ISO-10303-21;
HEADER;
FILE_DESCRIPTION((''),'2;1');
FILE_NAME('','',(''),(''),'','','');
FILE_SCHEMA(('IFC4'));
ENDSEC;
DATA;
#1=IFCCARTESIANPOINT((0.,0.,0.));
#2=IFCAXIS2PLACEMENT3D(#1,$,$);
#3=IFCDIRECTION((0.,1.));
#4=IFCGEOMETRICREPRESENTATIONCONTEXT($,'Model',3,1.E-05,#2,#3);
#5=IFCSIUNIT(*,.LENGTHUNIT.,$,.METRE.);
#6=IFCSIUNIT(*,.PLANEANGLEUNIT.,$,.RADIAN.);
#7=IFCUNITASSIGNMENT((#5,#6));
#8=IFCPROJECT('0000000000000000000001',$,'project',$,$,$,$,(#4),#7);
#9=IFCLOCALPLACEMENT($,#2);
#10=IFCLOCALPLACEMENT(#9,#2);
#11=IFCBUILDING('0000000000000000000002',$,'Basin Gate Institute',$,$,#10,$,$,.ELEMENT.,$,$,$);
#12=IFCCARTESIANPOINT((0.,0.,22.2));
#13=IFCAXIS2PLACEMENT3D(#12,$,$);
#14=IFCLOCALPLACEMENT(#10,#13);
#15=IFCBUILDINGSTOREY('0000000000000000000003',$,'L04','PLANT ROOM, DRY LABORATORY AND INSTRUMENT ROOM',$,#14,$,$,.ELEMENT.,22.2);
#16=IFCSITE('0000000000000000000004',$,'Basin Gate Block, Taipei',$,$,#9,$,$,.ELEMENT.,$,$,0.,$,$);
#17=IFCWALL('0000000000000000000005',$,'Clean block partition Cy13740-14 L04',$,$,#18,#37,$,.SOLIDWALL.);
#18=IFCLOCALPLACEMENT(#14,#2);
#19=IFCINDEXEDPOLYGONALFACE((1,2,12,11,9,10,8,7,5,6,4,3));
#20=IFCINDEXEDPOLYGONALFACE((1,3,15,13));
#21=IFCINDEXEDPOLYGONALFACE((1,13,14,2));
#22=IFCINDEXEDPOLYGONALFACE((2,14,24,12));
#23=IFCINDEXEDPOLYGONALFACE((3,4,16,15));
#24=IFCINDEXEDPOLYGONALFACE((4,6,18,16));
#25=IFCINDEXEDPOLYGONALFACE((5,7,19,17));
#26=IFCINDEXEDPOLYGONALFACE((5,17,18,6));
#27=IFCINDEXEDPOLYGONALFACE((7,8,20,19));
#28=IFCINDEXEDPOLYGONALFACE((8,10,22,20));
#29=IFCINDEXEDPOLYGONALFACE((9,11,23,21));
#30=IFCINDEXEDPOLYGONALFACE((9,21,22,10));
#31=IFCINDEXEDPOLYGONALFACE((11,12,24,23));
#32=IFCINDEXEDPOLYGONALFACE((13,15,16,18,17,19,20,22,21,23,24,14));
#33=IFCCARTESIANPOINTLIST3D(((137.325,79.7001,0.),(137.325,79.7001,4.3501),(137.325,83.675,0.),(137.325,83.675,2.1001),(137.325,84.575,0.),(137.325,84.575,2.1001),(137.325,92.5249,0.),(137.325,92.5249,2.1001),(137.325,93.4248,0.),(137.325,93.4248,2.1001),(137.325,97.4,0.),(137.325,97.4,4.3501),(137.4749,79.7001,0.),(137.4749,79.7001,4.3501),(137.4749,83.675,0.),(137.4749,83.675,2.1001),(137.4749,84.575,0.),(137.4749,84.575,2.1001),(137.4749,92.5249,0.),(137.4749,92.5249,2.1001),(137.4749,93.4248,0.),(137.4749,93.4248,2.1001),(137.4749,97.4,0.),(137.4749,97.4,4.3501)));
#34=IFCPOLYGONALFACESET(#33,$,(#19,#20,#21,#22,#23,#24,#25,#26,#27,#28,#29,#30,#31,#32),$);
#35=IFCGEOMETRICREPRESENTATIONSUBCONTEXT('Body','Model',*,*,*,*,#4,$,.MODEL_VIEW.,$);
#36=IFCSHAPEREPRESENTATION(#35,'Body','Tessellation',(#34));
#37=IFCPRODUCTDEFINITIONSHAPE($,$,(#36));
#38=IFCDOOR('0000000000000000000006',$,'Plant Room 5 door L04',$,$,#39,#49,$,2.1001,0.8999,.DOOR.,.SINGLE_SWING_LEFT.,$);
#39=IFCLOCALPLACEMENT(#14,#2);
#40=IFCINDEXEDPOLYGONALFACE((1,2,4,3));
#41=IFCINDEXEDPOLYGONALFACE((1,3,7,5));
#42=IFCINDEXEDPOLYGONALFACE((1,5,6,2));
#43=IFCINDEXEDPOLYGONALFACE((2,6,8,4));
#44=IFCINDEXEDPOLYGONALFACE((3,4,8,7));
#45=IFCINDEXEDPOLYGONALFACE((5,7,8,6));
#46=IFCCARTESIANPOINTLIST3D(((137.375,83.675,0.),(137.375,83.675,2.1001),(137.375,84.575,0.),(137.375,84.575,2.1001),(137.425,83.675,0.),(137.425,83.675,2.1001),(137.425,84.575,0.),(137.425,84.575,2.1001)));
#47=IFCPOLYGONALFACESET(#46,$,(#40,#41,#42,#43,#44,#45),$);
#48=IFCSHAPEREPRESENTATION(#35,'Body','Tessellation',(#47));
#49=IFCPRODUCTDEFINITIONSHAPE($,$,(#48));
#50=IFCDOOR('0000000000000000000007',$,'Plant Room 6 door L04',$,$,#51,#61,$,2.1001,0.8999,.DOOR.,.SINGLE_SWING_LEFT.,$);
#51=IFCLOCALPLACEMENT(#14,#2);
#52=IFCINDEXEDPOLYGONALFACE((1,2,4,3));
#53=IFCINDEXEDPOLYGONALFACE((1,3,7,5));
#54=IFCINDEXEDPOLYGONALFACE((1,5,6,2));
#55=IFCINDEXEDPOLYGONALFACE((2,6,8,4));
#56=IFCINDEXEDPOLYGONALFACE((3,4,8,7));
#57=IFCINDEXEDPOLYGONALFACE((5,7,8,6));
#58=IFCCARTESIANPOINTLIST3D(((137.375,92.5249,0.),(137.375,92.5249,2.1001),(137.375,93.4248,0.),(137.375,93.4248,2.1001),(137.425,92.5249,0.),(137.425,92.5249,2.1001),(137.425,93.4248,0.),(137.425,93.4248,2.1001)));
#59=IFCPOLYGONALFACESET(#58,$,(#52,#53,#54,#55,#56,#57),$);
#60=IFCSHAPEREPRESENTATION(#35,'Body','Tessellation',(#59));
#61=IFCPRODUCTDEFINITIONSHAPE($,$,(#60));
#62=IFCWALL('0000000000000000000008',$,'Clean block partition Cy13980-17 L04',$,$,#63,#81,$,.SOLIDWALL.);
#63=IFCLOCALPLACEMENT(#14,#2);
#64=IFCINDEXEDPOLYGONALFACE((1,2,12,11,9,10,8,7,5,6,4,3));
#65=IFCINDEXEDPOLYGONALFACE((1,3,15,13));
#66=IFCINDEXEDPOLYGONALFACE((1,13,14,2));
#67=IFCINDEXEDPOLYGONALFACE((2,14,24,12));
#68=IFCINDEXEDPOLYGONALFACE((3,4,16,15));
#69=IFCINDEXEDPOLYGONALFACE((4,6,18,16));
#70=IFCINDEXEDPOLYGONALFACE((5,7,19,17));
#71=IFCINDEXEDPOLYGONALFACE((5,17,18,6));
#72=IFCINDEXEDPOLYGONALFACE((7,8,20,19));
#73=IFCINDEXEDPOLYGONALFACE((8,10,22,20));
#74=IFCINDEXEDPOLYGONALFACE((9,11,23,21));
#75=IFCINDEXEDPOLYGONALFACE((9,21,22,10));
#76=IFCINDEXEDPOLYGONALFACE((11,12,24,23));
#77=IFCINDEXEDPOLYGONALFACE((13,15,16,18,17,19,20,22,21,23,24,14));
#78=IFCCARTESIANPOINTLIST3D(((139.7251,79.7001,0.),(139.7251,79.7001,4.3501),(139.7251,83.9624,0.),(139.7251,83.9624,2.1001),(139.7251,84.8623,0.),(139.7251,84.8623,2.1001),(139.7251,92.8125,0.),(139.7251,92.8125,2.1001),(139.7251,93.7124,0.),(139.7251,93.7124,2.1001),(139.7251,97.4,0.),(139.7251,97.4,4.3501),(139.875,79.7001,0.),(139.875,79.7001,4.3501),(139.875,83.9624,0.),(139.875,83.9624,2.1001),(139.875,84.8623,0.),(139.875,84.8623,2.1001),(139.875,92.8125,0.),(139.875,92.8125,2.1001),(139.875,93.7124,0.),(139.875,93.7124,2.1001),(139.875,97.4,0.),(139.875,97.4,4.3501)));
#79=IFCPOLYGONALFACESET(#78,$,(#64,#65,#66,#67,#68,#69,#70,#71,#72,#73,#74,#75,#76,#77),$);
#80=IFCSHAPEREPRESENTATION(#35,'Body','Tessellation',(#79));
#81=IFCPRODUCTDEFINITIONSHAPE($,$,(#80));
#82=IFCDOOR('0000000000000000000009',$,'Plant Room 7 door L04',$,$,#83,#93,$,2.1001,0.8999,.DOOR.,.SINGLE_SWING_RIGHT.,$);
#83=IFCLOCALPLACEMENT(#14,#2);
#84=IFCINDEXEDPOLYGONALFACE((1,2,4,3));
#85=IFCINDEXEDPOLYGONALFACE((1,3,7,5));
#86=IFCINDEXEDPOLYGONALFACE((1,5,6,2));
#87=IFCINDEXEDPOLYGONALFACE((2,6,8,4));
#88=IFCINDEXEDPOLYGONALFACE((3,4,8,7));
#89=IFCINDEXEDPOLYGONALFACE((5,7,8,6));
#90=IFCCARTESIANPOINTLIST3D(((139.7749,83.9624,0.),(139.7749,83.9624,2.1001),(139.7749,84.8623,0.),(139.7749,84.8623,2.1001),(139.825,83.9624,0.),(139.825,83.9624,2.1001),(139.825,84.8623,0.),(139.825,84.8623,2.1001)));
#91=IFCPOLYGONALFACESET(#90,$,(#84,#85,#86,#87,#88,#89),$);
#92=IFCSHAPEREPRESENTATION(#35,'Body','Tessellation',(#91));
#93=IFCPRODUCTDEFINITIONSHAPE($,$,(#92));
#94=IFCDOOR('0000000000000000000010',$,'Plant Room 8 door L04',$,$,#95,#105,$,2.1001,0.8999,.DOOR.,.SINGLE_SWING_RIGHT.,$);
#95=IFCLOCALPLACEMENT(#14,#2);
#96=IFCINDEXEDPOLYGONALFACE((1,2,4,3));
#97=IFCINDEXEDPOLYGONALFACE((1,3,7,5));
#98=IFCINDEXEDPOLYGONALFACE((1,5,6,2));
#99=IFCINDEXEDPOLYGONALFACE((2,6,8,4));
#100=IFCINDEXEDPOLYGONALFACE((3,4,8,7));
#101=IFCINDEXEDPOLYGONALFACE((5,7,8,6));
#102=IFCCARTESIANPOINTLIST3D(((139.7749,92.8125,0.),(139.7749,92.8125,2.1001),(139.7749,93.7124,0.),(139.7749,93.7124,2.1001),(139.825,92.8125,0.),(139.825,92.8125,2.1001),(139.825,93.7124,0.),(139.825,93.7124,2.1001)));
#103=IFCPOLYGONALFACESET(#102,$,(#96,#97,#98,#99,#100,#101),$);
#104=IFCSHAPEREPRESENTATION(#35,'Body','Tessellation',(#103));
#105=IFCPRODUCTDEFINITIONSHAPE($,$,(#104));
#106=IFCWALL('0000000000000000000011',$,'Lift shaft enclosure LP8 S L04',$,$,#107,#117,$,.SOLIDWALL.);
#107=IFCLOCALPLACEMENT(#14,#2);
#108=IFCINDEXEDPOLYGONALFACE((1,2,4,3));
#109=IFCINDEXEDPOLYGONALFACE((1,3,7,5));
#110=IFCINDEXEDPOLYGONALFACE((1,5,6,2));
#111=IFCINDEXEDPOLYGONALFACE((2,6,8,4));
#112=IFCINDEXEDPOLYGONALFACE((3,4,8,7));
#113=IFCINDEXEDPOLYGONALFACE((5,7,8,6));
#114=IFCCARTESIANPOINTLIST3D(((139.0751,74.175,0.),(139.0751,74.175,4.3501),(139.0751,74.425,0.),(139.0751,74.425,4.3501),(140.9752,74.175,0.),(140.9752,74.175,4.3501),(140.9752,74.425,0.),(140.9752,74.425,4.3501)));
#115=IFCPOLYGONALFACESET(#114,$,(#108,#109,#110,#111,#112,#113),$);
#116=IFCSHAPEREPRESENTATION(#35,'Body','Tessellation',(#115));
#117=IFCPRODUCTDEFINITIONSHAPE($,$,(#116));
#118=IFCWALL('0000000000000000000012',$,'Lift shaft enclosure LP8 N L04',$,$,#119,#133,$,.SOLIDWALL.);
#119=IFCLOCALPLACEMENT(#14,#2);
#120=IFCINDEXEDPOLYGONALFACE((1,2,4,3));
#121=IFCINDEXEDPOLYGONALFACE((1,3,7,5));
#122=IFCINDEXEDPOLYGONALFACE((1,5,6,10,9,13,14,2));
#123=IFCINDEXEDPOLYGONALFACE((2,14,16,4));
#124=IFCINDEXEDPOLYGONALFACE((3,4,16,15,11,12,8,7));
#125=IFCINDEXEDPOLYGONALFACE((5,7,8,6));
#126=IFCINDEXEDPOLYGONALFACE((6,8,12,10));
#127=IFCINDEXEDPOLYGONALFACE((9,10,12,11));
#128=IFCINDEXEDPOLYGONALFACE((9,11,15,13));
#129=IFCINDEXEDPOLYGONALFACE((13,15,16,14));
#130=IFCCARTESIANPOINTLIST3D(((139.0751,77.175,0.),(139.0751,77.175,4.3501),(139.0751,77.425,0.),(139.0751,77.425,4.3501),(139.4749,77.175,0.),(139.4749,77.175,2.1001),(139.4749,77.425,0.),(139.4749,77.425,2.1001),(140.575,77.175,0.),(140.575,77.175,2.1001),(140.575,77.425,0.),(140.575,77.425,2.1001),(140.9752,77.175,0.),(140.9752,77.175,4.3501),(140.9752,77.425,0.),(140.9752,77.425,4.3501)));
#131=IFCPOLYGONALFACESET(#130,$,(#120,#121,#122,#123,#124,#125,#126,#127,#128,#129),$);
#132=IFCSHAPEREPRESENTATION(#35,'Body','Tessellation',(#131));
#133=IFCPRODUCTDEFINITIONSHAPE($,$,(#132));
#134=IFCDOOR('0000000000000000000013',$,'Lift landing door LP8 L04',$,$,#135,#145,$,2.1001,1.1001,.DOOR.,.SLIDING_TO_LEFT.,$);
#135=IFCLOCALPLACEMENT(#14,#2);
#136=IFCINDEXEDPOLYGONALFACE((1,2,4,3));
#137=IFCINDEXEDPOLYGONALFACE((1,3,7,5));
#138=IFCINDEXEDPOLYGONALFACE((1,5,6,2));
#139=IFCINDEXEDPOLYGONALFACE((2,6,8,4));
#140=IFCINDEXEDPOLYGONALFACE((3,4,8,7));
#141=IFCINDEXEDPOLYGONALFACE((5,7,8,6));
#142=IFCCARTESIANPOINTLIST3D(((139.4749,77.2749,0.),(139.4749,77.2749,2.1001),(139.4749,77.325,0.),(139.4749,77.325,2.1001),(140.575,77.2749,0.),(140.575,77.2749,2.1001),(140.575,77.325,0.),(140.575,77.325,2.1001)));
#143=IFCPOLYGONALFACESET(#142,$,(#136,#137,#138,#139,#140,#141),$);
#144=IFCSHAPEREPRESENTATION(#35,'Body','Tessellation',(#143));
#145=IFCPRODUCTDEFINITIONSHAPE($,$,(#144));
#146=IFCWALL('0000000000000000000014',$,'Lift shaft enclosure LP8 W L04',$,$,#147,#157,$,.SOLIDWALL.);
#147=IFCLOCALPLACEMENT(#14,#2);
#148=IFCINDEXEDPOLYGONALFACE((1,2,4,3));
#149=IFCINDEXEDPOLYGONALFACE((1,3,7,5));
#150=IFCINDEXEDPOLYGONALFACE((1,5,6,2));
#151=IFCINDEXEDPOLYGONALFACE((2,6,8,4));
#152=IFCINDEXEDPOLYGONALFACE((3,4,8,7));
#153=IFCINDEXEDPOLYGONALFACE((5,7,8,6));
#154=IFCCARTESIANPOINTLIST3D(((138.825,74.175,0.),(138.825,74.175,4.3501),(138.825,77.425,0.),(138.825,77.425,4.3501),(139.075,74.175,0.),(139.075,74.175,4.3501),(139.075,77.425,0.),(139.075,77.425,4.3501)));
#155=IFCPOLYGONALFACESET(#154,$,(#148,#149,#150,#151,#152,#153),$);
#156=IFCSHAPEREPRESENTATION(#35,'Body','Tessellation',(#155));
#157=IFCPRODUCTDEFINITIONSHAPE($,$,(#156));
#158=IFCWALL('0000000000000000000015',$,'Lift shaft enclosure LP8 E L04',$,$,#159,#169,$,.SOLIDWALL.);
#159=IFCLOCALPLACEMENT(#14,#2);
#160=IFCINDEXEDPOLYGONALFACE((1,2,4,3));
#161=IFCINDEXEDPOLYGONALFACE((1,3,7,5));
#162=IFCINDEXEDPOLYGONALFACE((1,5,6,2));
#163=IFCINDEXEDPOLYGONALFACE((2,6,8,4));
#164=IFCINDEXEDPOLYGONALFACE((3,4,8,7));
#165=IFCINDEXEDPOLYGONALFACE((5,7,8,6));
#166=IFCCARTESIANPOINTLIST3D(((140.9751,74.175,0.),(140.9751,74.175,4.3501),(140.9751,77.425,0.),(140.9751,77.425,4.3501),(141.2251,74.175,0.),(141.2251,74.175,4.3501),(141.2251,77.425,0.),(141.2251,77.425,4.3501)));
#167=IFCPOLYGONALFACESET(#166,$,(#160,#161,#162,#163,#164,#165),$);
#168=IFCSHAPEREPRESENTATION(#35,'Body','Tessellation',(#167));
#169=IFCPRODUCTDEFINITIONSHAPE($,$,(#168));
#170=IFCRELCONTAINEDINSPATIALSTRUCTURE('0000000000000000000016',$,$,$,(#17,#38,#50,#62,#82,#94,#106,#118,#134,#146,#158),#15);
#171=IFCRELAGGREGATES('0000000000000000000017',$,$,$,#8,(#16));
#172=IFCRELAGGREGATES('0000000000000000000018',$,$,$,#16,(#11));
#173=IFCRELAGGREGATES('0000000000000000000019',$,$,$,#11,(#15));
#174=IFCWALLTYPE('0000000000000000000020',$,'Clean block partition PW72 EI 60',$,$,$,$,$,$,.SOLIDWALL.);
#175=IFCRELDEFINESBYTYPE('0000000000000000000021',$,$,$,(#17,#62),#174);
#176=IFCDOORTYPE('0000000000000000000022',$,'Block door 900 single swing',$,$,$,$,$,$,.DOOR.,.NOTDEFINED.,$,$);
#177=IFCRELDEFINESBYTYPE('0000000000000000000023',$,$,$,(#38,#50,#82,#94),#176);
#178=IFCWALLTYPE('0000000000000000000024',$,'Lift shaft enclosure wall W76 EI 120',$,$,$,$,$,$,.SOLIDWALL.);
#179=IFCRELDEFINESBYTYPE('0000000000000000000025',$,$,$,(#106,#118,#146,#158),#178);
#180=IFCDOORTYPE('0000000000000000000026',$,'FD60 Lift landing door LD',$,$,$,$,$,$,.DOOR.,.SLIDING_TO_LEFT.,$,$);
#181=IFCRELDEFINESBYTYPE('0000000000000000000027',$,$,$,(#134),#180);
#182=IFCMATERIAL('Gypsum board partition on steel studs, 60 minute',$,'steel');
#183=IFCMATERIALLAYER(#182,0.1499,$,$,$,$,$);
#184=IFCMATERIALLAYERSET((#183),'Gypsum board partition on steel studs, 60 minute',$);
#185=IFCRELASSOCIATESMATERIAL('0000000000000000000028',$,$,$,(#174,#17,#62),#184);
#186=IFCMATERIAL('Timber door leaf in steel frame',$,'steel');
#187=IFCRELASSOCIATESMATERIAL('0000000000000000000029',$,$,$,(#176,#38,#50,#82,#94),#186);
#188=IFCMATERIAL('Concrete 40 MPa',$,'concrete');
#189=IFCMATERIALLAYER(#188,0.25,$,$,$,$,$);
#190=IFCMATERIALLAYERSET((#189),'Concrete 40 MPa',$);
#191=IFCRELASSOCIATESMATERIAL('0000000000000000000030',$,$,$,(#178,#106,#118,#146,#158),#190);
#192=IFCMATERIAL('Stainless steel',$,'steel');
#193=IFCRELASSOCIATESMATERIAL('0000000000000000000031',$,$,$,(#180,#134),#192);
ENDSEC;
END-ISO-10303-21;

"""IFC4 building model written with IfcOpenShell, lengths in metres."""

from ifc_helpers import new_model, si_unit, direction, frame, frame_2d, origin, place, context, subcontext, project, spatial, rectangle, extrude, material, layer, layer_set, type_object, element, fill, save


model = new_model("IFC4")

# Units and contexts
model_context = context("Model", 3, precision=1e-05, world=origin(), true_north=direction((0.0, 1.0)))
body_context = subcontext(model_context, "Body", "Model", "MODEL_VIEW")
ifc_project = project(units=[si_unit("LENGTHUNIT", "METRE"), si_unit("PLANEANGLEUNIT", "RADIAN")], contexts=[model_context])

# Site, building, storey
site_placement = place(None, origin())
site = spatial("IfcSite", under=ifc_project, at=site_placement, Name="Basin Gate Block, Taipei", CompositionType="ELEMENT", RefElevation=0.0)
building_placement = place(site_placement, origin())
building = spatial("IfcBuilding", under=site, at=building_placement, Name="Basin Gate Institute", CompositionType="ELEMENT")
storey_placement = place(building_placement, frame((0.0, 0.0, 22.2)))
storey = spatial("IfcBuildingStorey", under=building, at=storey_placement, Name="L04", Description="PLANT ROOM, DRY LABORATORY AND INSTRUMENT ROOM", CompositionType="ELEMENT", Elevation=22.2)

# Shared definitions
ifc_material_1 = material(Name="Gypsum board partition on steel studs, 60 minute", Category="steel")
ifc_layer_1 = layer(ifc_material_1, 0.1499)
ifc_layer_set_1 = layer_set([ifc_layer_1], Name="Gypsum board partition on steel studs, 60 minute")
wall_type_1 = type_object("IfcWallType", Name="Clean block partition PW72 EI 60", PredefinedType="SOLIDWALL", material=ifc_layer_set_1)

# Walls, openings, doors
wall_1_placement = place(storey_placement, frame((137.3999, 79.7, 0.0), z_axis=(0.0, 0.0, 1.0), x_axis=(0.0, 1.0, 0.0)))
wall_1 = element("IfcWall", 1, at=wall_1_placement, inside=storey, type_object=wall_type_1, material=ifc_layer_set_1, Name="Clean block partition Cy13740-14 L04", PredefinedType="SOLIDWALL", context=body_context, shape_type="SweptSolid", body=[
    extrude(rectangle(XDim=17.7, YDim=0.1499, at=frame_2d((8.8501, 0.0))), origin(), (0.0, 0.0, 1.0), 4.3501),
])
opening_1_placement = place(wall_1_placement, frame((3.9751, 0.0, 0.0)))
opening_1 = element("IfcOpeningElement", 2, at=opening_1_placement, cuts=wall_1, PredefinedType="OPENING", context=body_context, shape_type="SweptSolid", body=[
    extrude(rectangle(XDim=0.8999, YDim=2.1001, at=frame_2d((0.45, 1.05))), frame((0.0, 0.085, 0.0), z_axis=(0.0, -1.0, 0.0), x_axis=(1.0, 0.0, 0.0)), (0.0, 0.0, 1.0), 0.1699),
])
opening_2_placement = place(wall_1_placement, frame((12.825, 0.0, 0.0)))
opening_2 = element("IfcOpeningElement", 3, at=opening_2_placement, cuts=wall_1, PredefinedType="OPENING", context=body_context, shape_type="SweptSolid", body=[
    extrude(rectangle(XDim=0.8999, YDim=2.1001, at=frame_2d((0.45, 1.05))), frame((0.0, 0.085, 0.0), z_axis=(0.0, -1.0, 0.0), x_axis=(1.0, 0.0, 0.0)), (0.0, 0.0, 1.0), 0.1699),
])
ifc_material_2 = material(Name="Timber door leaf in steel frame", Category="steel")
door_type_1 = type_object("IfcDoorType", Name="Block door 900 single swing", OperationType="NOTDEFINED", PredefinedType="DOOR", material=ifc_material_2)
door_1_placement = place(opening_1_placement, origin())
door_1 = element("IfcDoor", 4, at=door_1_placement, inside=storey, type_object=door_type_1, material=ifc_material_2, Name="Plant Room 5 door L04", OperationType="SINGLE_SWING_LEFT", OverallHeight=2.1001, OverallWidth=0.8999, PredefinedType="DOOR", context=body_context, shape_type="SweptSolid", body=[
    extrude(rectangle(XDim=0.8999, YDim=2.1001, at=frame_2d((0.45, 1.05))), frame((0.0, 0.0249, 0.0), z_axis=(0.0, -1.0, 0.0), x_axis=(1.0, 0.0, 0.0)), (0.0, 0.0, 1.0), 0.05),
])
fill(opening_1, door_1)
door_2_placement = place(opening_2_placement, origin())
door_2 = element("IfcDoor", 5, at=door_2_placement, inside=storey, type_object=door_type_1, material=ifc_material_2, Name="Plant Room 6 door L04", OperationType="SINGLE_SWING_LEFT", OverallHeight=2.1001, OverallWidth=0.8999, PredefinedType="DOOR", context=body_context, shape_type="SweptSolid", body=[
    extrude(rectangle(XDim=0.8999, YDim=2.1001, at=frame_2d((0.45, 1.05))), frame((0.0, 0.0249, 0.0), z_axis=(0.0, -1.0, 0.0), x_axis=(1.0, 0.0, 0.0)), (0.0, 0.0, 1.0), 0.05),
])
fill(opening_2, door_2)
wall_2_placement = place(storey_placement, frame((139.8, 79.7, 0.0), z_axis=(0.0, 0.0, 1.0), x_axis=(0.0, 1.0, 0.0)))
wall_2 = element("IfcWall", 6, at=wall_2_placement, inside=storey, type_object=wall_type_1, material=ifc_layer_set_1, Name="Clean block partition Cy13980-17 L04", PredefinedType="SOLIDWALL", context=body_context, shape_type="SweptSolid", body=[
    extrude(rectangle(XDim=17.7, YDim=0.1499, at=frame_2d((8.8501, 0.0))), origin(), (0.0, 0.0, 1.0), 4.3501),
])
opening_3_placement = place(wall_2_placement, frame((4.2625, 0.0, 0.0)))
opening_3 = element("IfcOpeningElement", 7, at=opening_3_placement, cuts=wall_2, PredefinedType="OPENING", context=body_context, shape_type="SweptSolid", body=[
    extrude(rectangle(XDim=0.8999, YDim=2.1001, at=frame_2d((0.45, 1.05))), frame((0.0, 0.085, 0.0), z_axis=(0.0, -1.0, 0.0), x_axis=(1.0, 0.0, 0.0)), (0.0, 0.0, 1.0), 0.1699),
])
opening_4_placement = place(wall_2_placement, frame((13.1125, 0.0, 0.0)))
opening_4 = element("IfcOpeningElement", 8, at=opening_4_placement, cuts=wall_2, PredefinedType="OPENING", context=body_context, shape_type="SweptSolid", body=[
    extrude(rectangle(XDim=0.8999, YDim=2.1001, at=frame_2d((0.45, 1.05))), frame((0.0, 0.085, 0.0), z_axis=(0.0, -1.0, 0.0), x_axis=(1.0, 0.0, 0.0)), (0.0, 0.0, 1.0), 0.1699),
])
door_3_placement = place(opening_3_placement, frame((0.8999, 0.0, 0.0), z_axis=(0.0, 0.0, 1.0), x_axis=(-1.0, 0.0, 0.0)))
door_3 = element("IfcDoor", 9, at=door_3_placement, inside=storey, type_object=door_type_1, material=ifc_material_2, Name="Plant Room 7 door L04", OperationType="SINGLE_SWING_RIGHT", OverallHeight=2.1001, OverallWidth=0.8999, PredefinedType="DOOR", context=body_context, shape_type="SweptSolid", body=[
    extrude(rectangle(XDim=0.8999, YDim=2.1001, at=frame_2d((0.45, 1.05))), frame((0.0, 0.0249, 0.0), z_axis=(0.0, -1.0, 0.0), x_axis=(1.0, 0.0, 0.0)), (0.0, 0.0, 1.0), 0.05),
])
fill(opening_3, door_3)
door_4_placement = place(opening_4_placement, frame((0.8999, 0.0, 0.0), z_axis=(0.0, 0.0, 1.0), x_axis=(-1.0, 0.0, 0.0)))
door_4 = element("IfcDoor", 10, at=door_4_placement, inside=storey, type_object=door_type_1, material=ifc_material_2, Name="Plant Room 8 door L04", OperationType="SINGLE_SWING_RIGHT", OverallHeight=2.1001, OverallWidth=0.8999, PredefinedType="DOOR", context=body_context, shape_type="SweptSolid", body=[
    extrude(rectangle(XDim=0.8999, YDim=2.1001, at=frame_2d((0.45, 1.05))), frame((0.0, 0.0249, 0.0), z_axis=(0.0, -1.0, 0.0), x_axis=(1.0, 0.0, 0.0)), (0.0, 0.0, 1.0), 0.05),
])
fill(opening_4, door_4)

# Wall
ifc_material_3 = material(Name="Concrete 40 MPa", Category="concrete")
ifc_layer_2 = layer(ifc_material_3, 0.25)
ifc_layer_set_2 = layer_set([ifc_layer_2], Name="Concrete 40 MPa")
wall_type_2 = type_object("IfcWallType", Name="Lift shaft enclosure wall W76 EI 120", PredefinedType="SOLIDWALL", material=ifc_layer_set_2)
wall_3_placement = place(storey_placement, frame((139.075, 74.3, 0.0), z_axis=(0.0, 0.0, 1.0), x_axis=(1.0, 0.0, 0.0)))
element("IfcWall", 11, at=wall_3_placement, inside=storey, type_object=wall_type_2, material=ifc_layer_set_2, Name="Lift shaft enclosure LP8 S L04", PredefinedType="SOLIDWALL", context=body_context, shape_type="SweptSolid", body=[
    extrude(rectangle(XDim=1.9001, YDim=0.25, at=frame_2d((0.9502, 0.0))), origin(), (0.0, 0.0, 1.0), 4.3501),
])

# Wall, opening, door
wall_4_placement = place(storey_placement, frame((139.075, 77.3, 0.0), z_axis=(0.0, 0.0, 1.0), x_axis=(1.0, 0.0, 0.0)))
wall_4 = element("IfcWall", 12, at=wall_4_placement, inside=storey, type_object=wall_type_2, material=ifc_layer_set_2, Name="Lift shaft enclosure LP8 N L04", PredefinedType="SOLIDWALL", context=body_context, shape_type="SweptSolid", body=[
    extrude(rectangle(XDim=1.9001, YDim=0.25, at=frame_2d((0.9502, 0.0))), origin(), (0.0, 0.0, 1.0), 4.3501),
])
opening_5_placement = place(wall_4_placement, frame((0.3999, 0.0, 0.0)))
opening_5 = element("IfcOpeningElement", 13, at=opening_5_placement, cuts=wall_4, PredefinedType="OPENING", context=body_context, shape_type="SweptSolid", body=[
    extrude(rectangle(XDim=1.1001, YDim=2.1001, at=frame_2d((0.55, 1.05))), frame((0.0, 0.135, 0.0), z_axis=(0.0, -1.0, 0.0), x_axis=(1.0, 0.0, 0.0)), (0.0, 0.0, 1.0), 0.27),
])
ifc_material_4 = material(Name="Stainless steel", Category="steel")
door_type_2 = type_object("IfcDoorType", Name="FD60 Lift landing door LD", OperationType="SLIDING_TO_LEFT", PredefinedType="DOOR", material=ifc_material_4)
door_5_placement = place(opening_5_placement, origin())
door_5 = element("IfcDoor", 14, at=door_5_placement, inside=storey, type_object=door_type_2, material=ifc_material_4, Name="Lift landing door LP8 L04", OperationType="SLIDING_TO_LEFT", OverallHeight=2.1001, OverallWidth=1.1001, PredefinedType="DOOR", context=body_context, shape_type="SweptSolid", body=[
    extrude(rectangle(XDim=1.1001, YDim=2.1001, at=frame_2d((0.55, 1.05))), frame((0.0, 0.0249, 0.0), z_axis=(0.0, -1.0, 0.0), x_axis=(1.0, 0.0, 0.0)), (0.0, 0.0, 1.0), 0.05),
])
fill(opening_5, door_5)

# Walls
for number, where, z_axis, x_axis, name in (
    (15, (138.95, 74.175, 0.0), (0.0, 0.0, 1.0), (0.0, 1.0, 0.0), "Lift shaft enclosure LP8 W L04"),
    (16, (141.1001, 74.175, 0.0), (0.0, 0.0, 1.0), (0.0, 1.0, 0.0), "Lift shaft enclosure LP8 E L04"),
):
    element("IfcWall", number, at=place(storey_placement, frame(where, z_axis=z_axis, x_axis=x_axis)), inside=storey, type_object=wall_type_2, material=ifc_layer_set_2, Name=name, PredefinedType="SOLIDWALL", context=body_context, shape_type="SweptSolid", body=[
        extrude(rectangle(XDim=3.25, YDim=0.25, at=frame_2d((1.625, 0.0))), origin(), (0.0, 0.0, 1.0), 4.3501),
    ])

save(model, "model.ifc")
